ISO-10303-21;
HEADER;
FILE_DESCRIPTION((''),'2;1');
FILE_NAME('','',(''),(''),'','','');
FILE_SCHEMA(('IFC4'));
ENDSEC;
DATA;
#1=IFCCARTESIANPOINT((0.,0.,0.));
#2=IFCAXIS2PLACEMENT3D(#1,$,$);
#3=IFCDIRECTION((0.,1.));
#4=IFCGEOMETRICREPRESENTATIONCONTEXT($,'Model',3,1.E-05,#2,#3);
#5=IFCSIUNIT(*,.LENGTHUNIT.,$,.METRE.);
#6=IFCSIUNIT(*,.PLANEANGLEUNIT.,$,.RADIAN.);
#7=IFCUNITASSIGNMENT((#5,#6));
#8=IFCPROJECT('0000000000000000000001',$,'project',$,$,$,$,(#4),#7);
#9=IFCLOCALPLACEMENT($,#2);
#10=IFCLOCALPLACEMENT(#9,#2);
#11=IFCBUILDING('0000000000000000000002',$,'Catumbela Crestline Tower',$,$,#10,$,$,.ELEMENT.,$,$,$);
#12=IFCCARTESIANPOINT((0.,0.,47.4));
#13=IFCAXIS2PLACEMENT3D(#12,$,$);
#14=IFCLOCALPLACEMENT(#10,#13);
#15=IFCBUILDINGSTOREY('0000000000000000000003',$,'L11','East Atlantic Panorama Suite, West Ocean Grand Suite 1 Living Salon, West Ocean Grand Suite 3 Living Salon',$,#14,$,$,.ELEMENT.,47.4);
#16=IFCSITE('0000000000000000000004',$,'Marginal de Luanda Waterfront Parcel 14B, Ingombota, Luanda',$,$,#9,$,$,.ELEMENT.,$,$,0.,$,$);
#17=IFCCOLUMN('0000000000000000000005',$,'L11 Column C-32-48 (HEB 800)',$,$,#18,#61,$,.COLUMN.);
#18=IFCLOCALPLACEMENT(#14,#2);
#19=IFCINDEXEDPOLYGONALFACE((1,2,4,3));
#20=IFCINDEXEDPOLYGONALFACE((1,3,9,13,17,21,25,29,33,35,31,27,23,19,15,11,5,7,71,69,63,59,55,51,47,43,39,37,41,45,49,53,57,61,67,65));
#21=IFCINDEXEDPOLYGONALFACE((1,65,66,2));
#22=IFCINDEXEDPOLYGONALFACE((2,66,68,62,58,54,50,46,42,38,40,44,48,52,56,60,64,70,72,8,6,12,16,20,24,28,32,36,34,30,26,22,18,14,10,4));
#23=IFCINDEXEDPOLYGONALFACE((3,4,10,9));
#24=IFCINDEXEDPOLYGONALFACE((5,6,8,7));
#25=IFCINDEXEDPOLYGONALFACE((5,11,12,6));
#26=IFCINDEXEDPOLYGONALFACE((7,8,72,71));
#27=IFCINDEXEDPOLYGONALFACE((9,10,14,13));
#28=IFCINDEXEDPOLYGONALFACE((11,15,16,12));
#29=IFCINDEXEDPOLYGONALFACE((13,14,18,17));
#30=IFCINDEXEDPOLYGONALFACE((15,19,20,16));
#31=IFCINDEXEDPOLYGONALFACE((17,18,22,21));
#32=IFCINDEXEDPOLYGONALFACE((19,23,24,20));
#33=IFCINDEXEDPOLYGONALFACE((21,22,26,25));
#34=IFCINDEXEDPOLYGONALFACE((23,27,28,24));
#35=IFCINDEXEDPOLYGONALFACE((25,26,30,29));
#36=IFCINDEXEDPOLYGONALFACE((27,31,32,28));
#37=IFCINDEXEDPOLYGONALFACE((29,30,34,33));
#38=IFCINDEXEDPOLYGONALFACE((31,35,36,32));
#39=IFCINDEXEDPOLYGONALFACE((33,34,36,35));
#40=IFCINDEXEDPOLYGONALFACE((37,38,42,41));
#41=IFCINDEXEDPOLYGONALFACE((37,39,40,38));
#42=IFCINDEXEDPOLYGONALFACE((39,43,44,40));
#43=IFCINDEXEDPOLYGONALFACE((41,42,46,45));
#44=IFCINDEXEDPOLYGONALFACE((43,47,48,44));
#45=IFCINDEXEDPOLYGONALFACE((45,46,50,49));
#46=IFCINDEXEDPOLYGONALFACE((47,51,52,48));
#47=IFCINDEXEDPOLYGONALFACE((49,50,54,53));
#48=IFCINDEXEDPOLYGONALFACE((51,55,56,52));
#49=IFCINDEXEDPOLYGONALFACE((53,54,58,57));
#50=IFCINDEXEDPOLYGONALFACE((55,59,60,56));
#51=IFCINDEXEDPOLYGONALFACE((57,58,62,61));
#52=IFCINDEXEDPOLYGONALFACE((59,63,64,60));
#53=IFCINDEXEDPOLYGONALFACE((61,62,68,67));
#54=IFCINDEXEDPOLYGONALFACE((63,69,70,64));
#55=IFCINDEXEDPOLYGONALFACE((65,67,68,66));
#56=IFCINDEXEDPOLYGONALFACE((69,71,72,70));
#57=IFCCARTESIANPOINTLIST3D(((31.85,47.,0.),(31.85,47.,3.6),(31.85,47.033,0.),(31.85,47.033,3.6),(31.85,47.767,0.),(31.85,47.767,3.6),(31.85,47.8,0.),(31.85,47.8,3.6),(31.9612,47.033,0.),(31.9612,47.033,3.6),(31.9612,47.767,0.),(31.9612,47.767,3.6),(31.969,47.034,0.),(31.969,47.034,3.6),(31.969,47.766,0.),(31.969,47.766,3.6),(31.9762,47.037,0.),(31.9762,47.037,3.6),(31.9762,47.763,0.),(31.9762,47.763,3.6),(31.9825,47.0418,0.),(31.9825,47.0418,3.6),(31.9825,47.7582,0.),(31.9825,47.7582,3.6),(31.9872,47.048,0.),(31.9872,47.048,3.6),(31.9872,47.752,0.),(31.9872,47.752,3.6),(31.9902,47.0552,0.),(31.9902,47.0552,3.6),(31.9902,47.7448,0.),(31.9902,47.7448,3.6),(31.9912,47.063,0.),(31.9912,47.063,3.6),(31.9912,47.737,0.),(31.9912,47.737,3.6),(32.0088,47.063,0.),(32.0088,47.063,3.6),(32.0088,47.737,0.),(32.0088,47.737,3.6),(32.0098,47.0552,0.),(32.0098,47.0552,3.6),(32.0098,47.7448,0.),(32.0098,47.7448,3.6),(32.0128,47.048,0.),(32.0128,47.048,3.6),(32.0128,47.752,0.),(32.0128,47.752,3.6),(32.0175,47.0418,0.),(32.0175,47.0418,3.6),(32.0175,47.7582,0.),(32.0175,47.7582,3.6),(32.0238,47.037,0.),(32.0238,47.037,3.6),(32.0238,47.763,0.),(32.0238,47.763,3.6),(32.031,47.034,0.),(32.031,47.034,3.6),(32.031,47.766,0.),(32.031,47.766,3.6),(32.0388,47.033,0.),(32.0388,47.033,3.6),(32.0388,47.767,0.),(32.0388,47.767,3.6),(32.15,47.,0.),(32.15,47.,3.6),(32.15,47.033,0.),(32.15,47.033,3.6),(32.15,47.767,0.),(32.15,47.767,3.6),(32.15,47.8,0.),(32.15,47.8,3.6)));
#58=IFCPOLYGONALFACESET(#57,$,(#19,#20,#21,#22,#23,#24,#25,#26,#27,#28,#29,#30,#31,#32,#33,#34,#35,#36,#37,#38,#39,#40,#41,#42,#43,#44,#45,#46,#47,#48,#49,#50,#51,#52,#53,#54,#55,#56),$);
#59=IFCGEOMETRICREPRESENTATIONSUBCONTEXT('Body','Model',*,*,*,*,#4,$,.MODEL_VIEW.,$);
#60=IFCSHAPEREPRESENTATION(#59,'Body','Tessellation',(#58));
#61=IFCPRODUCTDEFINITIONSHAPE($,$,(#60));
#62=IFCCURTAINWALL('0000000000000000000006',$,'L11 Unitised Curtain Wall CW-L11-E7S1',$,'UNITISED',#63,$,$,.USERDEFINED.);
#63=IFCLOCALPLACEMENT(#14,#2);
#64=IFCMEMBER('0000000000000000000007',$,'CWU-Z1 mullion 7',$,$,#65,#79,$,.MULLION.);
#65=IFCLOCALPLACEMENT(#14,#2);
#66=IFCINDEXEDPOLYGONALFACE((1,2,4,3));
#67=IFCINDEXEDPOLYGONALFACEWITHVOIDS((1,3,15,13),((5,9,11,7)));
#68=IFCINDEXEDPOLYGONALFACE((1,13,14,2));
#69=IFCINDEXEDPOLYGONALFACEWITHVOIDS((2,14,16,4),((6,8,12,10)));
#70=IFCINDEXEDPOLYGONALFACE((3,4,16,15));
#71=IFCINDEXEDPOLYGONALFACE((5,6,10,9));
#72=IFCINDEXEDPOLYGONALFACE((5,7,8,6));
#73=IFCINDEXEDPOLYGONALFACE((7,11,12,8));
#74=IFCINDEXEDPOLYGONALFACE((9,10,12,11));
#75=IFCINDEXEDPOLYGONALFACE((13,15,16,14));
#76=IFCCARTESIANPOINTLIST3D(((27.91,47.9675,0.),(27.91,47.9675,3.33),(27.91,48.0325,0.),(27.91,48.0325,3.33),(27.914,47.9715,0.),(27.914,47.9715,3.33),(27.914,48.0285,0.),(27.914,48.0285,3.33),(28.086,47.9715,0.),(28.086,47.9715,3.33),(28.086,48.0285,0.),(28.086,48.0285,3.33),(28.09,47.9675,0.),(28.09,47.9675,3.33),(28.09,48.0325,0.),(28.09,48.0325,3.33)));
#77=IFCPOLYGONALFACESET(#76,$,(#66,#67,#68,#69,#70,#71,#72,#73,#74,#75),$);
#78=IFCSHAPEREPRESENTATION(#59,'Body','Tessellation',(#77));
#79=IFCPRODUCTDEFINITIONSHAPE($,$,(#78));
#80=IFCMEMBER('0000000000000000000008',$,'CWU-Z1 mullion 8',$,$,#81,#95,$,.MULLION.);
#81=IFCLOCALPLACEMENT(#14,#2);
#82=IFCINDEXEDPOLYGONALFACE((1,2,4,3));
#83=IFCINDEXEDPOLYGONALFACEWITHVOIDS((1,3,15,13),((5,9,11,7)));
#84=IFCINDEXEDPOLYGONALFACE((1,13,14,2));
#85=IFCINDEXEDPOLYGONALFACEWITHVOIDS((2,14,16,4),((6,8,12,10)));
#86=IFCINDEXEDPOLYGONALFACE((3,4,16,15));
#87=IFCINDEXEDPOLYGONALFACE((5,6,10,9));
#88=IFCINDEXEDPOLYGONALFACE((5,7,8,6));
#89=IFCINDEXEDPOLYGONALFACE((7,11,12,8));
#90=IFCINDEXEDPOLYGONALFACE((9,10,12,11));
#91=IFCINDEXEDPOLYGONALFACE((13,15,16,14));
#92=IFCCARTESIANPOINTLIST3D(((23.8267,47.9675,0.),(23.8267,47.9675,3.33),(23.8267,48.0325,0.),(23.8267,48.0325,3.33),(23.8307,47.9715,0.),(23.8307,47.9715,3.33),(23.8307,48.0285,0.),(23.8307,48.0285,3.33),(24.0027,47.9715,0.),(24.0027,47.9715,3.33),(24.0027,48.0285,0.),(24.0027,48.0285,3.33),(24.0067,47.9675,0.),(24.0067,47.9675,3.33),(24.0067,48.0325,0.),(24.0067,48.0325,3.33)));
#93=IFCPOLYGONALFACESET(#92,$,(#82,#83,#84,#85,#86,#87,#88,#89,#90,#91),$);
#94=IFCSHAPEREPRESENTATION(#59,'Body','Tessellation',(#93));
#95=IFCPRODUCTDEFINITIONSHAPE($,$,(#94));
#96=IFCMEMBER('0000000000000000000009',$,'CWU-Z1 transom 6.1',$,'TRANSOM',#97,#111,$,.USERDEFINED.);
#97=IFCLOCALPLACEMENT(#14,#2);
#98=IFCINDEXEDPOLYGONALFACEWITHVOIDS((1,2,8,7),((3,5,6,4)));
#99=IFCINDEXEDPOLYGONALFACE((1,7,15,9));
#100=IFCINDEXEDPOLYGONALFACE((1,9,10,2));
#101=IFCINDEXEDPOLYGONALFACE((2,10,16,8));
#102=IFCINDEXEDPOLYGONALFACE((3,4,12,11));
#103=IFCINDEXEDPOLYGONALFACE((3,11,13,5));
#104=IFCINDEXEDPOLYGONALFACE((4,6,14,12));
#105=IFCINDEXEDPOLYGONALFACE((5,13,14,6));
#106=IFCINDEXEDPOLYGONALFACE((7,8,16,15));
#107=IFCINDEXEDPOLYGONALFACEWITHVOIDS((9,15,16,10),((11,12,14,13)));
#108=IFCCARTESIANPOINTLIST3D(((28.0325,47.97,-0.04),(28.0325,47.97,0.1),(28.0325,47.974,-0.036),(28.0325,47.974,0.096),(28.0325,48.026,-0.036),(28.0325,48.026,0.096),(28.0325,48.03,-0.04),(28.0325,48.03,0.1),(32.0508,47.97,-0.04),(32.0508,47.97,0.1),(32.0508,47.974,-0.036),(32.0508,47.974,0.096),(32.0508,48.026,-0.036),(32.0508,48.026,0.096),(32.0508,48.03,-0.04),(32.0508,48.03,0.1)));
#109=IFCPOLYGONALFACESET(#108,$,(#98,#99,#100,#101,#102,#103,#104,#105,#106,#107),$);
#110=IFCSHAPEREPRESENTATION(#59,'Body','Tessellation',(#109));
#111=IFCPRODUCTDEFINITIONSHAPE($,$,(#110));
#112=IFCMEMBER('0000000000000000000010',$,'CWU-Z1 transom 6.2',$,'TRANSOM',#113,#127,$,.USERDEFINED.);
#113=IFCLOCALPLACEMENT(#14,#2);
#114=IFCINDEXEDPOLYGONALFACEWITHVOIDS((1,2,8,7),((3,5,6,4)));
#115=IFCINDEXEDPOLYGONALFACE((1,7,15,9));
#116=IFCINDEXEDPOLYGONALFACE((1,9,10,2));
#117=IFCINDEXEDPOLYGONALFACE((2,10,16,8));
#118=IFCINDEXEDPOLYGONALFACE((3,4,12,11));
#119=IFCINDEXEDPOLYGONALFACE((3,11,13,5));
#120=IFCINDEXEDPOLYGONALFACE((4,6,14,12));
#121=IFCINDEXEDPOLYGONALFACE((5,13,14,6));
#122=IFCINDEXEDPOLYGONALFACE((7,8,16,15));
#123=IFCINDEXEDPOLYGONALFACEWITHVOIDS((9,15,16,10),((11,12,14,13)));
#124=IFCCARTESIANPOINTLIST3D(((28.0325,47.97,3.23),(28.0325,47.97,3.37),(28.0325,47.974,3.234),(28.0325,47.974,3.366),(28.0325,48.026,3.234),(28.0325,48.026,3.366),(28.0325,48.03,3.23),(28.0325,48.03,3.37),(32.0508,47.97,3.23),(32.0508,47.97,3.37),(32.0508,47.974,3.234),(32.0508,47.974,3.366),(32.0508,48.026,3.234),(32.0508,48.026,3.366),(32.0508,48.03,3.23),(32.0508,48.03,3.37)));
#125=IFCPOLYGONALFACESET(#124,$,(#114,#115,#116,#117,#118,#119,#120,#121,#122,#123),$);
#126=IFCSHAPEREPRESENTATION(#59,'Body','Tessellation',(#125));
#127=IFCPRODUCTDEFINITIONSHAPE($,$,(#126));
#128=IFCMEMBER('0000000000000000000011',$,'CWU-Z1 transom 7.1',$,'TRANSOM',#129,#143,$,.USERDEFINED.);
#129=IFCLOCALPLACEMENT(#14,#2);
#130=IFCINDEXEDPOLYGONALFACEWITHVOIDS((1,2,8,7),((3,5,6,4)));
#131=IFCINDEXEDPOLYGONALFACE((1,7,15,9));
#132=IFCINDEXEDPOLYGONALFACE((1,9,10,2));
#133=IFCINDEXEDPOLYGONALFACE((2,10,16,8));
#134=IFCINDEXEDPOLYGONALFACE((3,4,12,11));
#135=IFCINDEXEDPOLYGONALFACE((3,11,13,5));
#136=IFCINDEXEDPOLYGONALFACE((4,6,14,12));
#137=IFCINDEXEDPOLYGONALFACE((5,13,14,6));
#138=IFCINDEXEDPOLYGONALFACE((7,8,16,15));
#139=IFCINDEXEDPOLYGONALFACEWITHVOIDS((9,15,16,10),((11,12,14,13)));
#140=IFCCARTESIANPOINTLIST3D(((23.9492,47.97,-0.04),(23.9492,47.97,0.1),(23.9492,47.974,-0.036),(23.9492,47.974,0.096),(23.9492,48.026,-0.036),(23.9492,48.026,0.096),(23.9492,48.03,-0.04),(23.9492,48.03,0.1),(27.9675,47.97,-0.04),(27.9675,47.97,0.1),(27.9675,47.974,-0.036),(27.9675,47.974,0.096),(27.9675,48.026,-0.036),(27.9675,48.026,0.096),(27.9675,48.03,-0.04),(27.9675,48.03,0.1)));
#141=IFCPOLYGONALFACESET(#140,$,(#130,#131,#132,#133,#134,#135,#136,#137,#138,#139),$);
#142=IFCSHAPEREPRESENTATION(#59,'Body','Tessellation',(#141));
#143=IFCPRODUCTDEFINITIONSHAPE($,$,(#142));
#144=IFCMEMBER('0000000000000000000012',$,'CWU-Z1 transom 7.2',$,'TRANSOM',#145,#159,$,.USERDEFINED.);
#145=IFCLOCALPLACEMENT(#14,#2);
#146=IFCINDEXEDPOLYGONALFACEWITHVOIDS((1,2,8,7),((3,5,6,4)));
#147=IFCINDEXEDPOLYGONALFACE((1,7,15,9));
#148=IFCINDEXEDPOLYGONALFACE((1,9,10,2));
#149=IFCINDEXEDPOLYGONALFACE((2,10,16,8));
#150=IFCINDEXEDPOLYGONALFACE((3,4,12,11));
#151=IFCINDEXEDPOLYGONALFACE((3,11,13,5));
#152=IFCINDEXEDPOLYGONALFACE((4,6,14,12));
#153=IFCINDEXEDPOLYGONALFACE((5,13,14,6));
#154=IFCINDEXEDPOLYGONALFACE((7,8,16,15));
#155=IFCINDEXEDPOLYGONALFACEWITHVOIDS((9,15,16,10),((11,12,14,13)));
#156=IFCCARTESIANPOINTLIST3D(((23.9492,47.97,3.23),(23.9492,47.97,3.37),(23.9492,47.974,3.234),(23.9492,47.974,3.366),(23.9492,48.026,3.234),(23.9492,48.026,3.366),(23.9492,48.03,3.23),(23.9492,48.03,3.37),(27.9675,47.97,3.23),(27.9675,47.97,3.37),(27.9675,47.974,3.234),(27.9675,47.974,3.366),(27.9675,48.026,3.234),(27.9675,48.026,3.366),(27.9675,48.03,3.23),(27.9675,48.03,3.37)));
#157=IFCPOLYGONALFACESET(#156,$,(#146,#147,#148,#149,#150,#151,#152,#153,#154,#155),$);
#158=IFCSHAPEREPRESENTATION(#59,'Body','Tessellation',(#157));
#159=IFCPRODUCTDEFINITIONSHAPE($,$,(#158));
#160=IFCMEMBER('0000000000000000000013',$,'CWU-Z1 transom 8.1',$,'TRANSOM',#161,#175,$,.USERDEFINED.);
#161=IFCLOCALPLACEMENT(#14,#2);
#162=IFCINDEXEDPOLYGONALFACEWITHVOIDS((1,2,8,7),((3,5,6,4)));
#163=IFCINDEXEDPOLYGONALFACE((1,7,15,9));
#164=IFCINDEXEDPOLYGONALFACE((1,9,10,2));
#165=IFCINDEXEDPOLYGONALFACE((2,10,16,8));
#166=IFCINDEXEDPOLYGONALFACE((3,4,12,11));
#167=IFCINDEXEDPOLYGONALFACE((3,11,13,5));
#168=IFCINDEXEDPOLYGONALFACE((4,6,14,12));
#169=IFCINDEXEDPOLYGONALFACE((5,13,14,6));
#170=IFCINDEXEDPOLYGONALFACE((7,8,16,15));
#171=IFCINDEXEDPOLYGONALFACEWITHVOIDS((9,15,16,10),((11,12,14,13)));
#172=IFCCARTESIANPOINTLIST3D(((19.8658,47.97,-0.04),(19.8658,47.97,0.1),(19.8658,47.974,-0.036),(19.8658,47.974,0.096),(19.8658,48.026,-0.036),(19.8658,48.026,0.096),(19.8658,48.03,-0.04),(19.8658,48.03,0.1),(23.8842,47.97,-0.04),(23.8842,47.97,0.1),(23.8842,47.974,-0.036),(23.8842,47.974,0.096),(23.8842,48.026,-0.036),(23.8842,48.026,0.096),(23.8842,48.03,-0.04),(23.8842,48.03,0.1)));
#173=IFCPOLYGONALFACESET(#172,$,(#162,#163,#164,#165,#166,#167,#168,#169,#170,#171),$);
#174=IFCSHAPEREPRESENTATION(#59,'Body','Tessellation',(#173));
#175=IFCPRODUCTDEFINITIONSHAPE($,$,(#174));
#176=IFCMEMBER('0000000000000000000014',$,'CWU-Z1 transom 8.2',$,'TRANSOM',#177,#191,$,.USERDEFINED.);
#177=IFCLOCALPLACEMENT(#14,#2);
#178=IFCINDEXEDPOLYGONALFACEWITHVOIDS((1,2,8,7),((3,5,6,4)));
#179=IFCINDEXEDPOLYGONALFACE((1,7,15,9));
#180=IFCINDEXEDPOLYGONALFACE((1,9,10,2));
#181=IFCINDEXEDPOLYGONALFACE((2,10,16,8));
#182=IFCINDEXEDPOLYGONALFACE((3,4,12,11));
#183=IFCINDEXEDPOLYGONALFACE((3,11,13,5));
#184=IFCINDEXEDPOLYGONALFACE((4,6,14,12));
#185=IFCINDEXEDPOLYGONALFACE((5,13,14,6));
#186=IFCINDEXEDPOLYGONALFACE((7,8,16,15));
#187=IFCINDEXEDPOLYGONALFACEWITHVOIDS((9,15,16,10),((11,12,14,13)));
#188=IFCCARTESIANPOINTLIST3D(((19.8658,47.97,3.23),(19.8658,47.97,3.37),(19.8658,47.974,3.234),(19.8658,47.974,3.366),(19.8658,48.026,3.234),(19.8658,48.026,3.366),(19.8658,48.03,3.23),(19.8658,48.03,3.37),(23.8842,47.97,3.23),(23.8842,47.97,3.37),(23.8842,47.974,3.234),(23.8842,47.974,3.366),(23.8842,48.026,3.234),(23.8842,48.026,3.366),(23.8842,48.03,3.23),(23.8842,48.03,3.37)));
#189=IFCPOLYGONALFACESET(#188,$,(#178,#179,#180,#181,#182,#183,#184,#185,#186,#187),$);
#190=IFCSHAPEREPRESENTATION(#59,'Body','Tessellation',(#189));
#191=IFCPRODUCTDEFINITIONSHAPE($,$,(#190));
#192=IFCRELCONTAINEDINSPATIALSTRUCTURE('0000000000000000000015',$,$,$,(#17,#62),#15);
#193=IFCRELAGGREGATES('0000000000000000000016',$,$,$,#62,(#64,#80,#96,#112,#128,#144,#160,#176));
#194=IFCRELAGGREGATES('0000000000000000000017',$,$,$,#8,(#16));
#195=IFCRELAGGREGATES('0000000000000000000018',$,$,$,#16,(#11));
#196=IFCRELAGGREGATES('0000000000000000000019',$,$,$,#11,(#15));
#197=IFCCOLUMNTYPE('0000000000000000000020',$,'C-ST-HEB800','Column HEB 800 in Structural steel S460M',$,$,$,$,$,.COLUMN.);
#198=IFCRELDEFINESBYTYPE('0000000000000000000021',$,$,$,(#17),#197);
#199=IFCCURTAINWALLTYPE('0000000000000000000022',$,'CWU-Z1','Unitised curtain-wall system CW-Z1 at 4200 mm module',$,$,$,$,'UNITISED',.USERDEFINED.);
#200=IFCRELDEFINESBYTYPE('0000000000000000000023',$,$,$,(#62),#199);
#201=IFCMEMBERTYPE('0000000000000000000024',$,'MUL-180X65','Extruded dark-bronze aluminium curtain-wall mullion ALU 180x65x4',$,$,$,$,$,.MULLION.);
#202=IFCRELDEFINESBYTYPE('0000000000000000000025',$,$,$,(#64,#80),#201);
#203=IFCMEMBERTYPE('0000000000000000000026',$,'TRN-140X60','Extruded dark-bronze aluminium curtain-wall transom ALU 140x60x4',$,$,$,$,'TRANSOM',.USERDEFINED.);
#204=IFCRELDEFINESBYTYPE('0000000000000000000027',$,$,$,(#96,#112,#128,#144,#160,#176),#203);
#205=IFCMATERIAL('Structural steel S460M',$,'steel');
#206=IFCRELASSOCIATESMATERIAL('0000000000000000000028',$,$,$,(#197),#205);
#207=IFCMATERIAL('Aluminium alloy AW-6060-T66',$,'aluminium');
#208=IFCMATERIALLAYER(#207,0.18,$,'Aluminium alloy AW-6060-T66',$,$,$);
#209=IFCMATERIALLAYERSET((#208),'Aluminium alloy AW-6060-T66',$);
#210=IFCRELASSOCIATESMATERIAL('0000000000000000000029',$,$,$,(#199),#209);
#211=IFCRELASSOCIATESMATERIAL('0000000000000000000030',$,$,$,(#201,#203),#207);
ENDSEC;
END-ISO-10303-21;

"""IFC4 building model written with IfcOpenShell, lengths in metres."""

from ifc_helpers import new_model, si_unit, direction, frame, origin, origin_2d, place, context, subcontext, project, spatial, hollow_rectangle, i_section, extrude, material, layer, layer_set, material_profile, profile_set, type_object, element, aggregate, save


model = new_model("IFC4")

# Units and contexts
model_context = context("Model", 3, precision=1e-05, world=origin(), true_north=direction((0.0, 1.0)))
body_context = subcontext(model_context, "Body", "Model", "MODEL_VIEW")
ifc_project = project(units=[si_unit("LENGTHUNIT", "METRE"), si_unit("PLANEANGLEUNIT", "RADIAN")], contexts=[model_context])

# Site, building, storey
site_placement = place(None, origin())
site = spatial("IfcSite", under=ifc_project, at=site_placement, Name="Marginal de Luanda Waterfront Parcel 14B, Ingombota, Luanda", CompositionType="ELEMENT", RefElevation=0.0)
building_placement = place(site_placement, origin())
building = spatial("IfcBuilding", under=site, at=building_placement, Name="Catumbela Crestline Tower", CompositionType="ELEMENT")
storey_placement = place(building_placement, frame((0.0, 0.0, 47.4)))
storey = spatial("IfcBuildingStorey", under=building, at=storey_placement, Name="L11", Description="East Atlantic Panorama Suite, West Ocean Grand Suite 1 Living Salon, West Ocean Grand Suite 3 Living Salon", CompositionType="ELEMENT", Elevation=47.4)

# Column
ifc_material_1 = material(Name="Structural steel S460M", Category="steel")
ifc_material_profile_1 = material_profile(ifc_material_1, i_section(OverallWidth=0.3, OverallDepth=0.8, WebThickness=0.0175, FlangeThickness=0.033, FilletRadius=0.03, at=origin_2d()), Name="HEB 800")
ifc_profile_set_1 = profile_set([ifc_material_profile_1], Name="Structural steel S460M")
column_type = type_object("IfcColumnType", Name="C-ST-HEB800", Description="Column HEB 800 in Structural steel S460M", PredefinedType="COLUMN", material=ifc_profile_set_1)
column_placement = place(storey_placement, frame((32.0, 47.4, 0.0), z_axis=(0.0, 0.0, 1.0), x_axis=(1.0, 0.0, 0.0)))
element("IfcColumn", 1, at=column_placement, inside=storey, type_object=column_type, Name="L11 Column C-32-48 (HEB 800)", PredefinedType="COLUMN", context=body_context, shape_type="SweptSolid", body=[
    extrude(i_section(OverallWidth=0.3, OverallDepth=0.8, WebThickness=0.0175, FlangeThickness=0.033, FilletRadius=0.03, at=origin_2d()), origin(), (0.0, 0.0, 1.0), 3.6),
])

# Curtain wall, members
ifc_material_2 = material(Name="Aluminium alloy AW-6060-T66", Category="aluminium")
ifc_layer_1 = layer(ifc_material_2, 0.18, Name="Aluminium alloy AW-6060-T66")
ifc_layer_set_1 = layer_set([ifc_layer_1], Name="Aluminium alloy AW-6060-T66")
curtain_wall_type = type_object("IfcCurtainWallType", Name="CWU-Z1", Description="Unitised curtain-wall system CW-Z1 at 4200 mm module", ElementType="UNITISED", PredefinedType="USERDEFINED", material=ifc_layer_set_1)
curtain_wall_placement = place(storey_placement, origin())
curtain_wall = element("IfcCurtainWall", 2, at=curtain_wall_placement, inside=storey, type_object=curtain_wall_type, Name="L11 Unitised Curtain Wall CW-L11-E7S1", ObjectType="UNITISED", PredefinedType="USERDEFINED")
ifc_material_profile_2 = material_profile(ifc_material_2, hollow_rectangle(XDim=0.065, YDim=0.18, WallThickness=0.004, at=origin_2d()), Name="ALU 180x65x4")
ifc_profile_set_2 = profile_set([ifc_material_profile_2], Name="Aluminium alloy AW-6060-T66")
member_type_1 = type_object("IfcMemberType", Name="MUL-180X65", Description="Extruded dark-bronze aluminium curtain-wall mullion ALU 180x65x4", PredefinedType="MULLION", material=ifc_profile_set_2)
member_1_placement = place(storey_placement, frame((28.0, 48.0, 0.0), z_axis=(0.0, 0.0, 1.0), x_axis=(0.0, -1.0, 0.0)))
member_1 = element("IfcMember", 3, at=member_1_placement, type_object=member_type_1, Name="CWU-Z1 mullion 7", PredefinedType="MULLION", context=body_context, shape_type="SweptSolid", body=[
    extrude(hollow_rectangle(XDim=0.065, YDim=0.18, WallThickness=0.004, at=origin_2d()), origin(), (0.0, 0.0, 1.0), 3.33),
])
member_2_placement = place(storey_placement, frame((23.9167, 48.0, 0.0), z_axis=(0.0, 0.0, 1.0), x_axis=(0.0, -1.0, 0.0)))
member_2 = element("IfcMember", 4, at=member_2_placement, type_object=member_type_1, Name="CWU-Z1 mullion 8", PredefinedType="MULLION", context=body_context, shape_type="SweptSolid", body=[
    extrude(hollow_rectangle(XDim=0.065, YDim=0.18, WallThickness=0.004, at=origin_2d()), origin(), (0.0, 0.0, 1.0), 3.33),
])
ifc_material_profile_3 = material_profile(ifc_material_2, hollow_rectangle(XDim=0.06, YDim=0.14, WallThickness=0.004, at=origin_2d()), Name="ALU 140x60x4")
ifc_profile_set_3 = profile_set([ifc_material_profile_3], Name="Aluminium alloy AW-6060-T66")
member_type_2 = type_object("IfcMemberType", Name="TRN-140X60", Description="Extruded dark-bronze aluminium curtain-wall transom ALU 140x60x4", ElementType="TRANSOM", PredefinedType="USERDEFINED", material=ifc_profile_set_3)
member_3_placement = place(storey_placement, frame((32.0508, 48.0, 0.03), z_axis=(-1.0, 0.0, 0.0), x_axis=(0.0, -1.0, 0.0)))
member_3 = element("IfcMember", 5, at=member_3_placement, type_object=member_type_2, Name="CWU-Z1 transom 6.1", ObjectType="TRANSOM", PredefinedType="USERDEFINED", context=body_context, shape_type="SweptSolid", body=[
    extrude(hollow_rectangle(XDim=0.06, YDim=0.14, WallThickness=0.004, at=origin_2d()), origin(), (0.0, 0.0, 1.0), 4.0183),
])
member_4_placement = place(storey_placement, frame((32.0508, 48.0, 3.3), z_axis=(-1.0, 0.0, 0.0), x_axis=(0.0, -1.0, 0.0)))
member_4 = element("IfcMember", 6, at=member_4_placement, type_object=member_type_2, Name="CWU-Z1 transom 6.2", ObjectType="TRANSOM", PredefinedType="USERDEFINED", context=body_context, shape_type="SweptSolid", body=[
    extrude(hollow_rectangle(XDim=0.06, YDim=0.14, WallThickness=0.004, at=origin_2d()), origin(), (0.0, 0.0, 1.0), 4.0183),
])
member_5_placement = place(storey_placement, frame((27.9675, 48.0, 0.03), z_axis=(-1.0, 0.0, 0.0), x_axis=(0.0, -1.0, 0.0)))
member_5 = element("IfcMember", 7, at=member_5_placement, type_object=member_type_2, Name="CWU-Z1 transom 7.1", ObjectType="TRANSOM", PredefinedType="USERDEFINED", context=body_context, shape_type="SweptSolid", body=[
    extrude(hollow_rectangle(XDim=0.06, YDim=0.14, WallThickness=0.004, at=origin_2d()), origin(), (0.0, 0.0, 1.0), 4.0183),
])
member_6_placement = place(storey_placement, frame((27.9675, 48.0, 3.3), z_axis=(-1.0, 0.0, 0.0), x_axis=(0.0, -1.0, 0.0)))
member_6 = element("IfcMember", 8, at=member_6_placement, type_object=member_type_2, Name="CWU-Z1 transom 7.2", ObjectType="TRANSOM", PredefinedType="USERDEFINED", context=body_context, shape_type="SweptSolid", body=[
    extrude(hollow_rectangle(XDim=0.06, YDim=0.14, WallThickness=0.004, at=origin_2d()), origin(), (0.0, 0.0, 1.0), 4.0183),
])
member_7_placement = place(storey_placement, frame((23.8842, 48.0, 0.03), z_axis=(-1.0, 0.0, 0.0), x_axis=(0.0, -1.0, 0.0)))
member_7 = element("IfcMember", 9, at=member_7_placement, type_object=member_type_2, Name="CWU-Z1 transom 8.1", ObjectType="TRANSOM", PredefinedType="USERDEFINED", context=body_context, shape_type="SweptSolid", body=[
    extrude(hollow_rectangle(XDim=0.06, YDim=0.14, WallThickness=0.004, at=origin_2d()), origin(), (0.0, 0.0, 1.0), 4.0184),
])
member_8_placement = place(storey_placement, frame((23.8842, 48.0, 3.3), z_axis=(-1.0, 0.0, 0.0), x_axis=(0.0, -1.0, 0.0)))
member_8 = element("IfcMember", 10, at=member_8_placement, type_object=member_type_2, Name="CWU-Z1 transom 8.2", ObjectType="TRANSOM", PredefinedType="USERDEFINED", context=body_context, shape_type="SweptSolid", body=[
    extrude(hollow_rectangle(XDim=0.06, YDim=0.14, WallThickness=0.004, at=origin_2d()), origin(), (0.0, 0.0, 1.0), 4.0184),
])
aggregate(curtain_wall, [member_1, member_2, member_3, member_4, member_5, member_6, member_7, member_8])

save(model, "model.ifc")
